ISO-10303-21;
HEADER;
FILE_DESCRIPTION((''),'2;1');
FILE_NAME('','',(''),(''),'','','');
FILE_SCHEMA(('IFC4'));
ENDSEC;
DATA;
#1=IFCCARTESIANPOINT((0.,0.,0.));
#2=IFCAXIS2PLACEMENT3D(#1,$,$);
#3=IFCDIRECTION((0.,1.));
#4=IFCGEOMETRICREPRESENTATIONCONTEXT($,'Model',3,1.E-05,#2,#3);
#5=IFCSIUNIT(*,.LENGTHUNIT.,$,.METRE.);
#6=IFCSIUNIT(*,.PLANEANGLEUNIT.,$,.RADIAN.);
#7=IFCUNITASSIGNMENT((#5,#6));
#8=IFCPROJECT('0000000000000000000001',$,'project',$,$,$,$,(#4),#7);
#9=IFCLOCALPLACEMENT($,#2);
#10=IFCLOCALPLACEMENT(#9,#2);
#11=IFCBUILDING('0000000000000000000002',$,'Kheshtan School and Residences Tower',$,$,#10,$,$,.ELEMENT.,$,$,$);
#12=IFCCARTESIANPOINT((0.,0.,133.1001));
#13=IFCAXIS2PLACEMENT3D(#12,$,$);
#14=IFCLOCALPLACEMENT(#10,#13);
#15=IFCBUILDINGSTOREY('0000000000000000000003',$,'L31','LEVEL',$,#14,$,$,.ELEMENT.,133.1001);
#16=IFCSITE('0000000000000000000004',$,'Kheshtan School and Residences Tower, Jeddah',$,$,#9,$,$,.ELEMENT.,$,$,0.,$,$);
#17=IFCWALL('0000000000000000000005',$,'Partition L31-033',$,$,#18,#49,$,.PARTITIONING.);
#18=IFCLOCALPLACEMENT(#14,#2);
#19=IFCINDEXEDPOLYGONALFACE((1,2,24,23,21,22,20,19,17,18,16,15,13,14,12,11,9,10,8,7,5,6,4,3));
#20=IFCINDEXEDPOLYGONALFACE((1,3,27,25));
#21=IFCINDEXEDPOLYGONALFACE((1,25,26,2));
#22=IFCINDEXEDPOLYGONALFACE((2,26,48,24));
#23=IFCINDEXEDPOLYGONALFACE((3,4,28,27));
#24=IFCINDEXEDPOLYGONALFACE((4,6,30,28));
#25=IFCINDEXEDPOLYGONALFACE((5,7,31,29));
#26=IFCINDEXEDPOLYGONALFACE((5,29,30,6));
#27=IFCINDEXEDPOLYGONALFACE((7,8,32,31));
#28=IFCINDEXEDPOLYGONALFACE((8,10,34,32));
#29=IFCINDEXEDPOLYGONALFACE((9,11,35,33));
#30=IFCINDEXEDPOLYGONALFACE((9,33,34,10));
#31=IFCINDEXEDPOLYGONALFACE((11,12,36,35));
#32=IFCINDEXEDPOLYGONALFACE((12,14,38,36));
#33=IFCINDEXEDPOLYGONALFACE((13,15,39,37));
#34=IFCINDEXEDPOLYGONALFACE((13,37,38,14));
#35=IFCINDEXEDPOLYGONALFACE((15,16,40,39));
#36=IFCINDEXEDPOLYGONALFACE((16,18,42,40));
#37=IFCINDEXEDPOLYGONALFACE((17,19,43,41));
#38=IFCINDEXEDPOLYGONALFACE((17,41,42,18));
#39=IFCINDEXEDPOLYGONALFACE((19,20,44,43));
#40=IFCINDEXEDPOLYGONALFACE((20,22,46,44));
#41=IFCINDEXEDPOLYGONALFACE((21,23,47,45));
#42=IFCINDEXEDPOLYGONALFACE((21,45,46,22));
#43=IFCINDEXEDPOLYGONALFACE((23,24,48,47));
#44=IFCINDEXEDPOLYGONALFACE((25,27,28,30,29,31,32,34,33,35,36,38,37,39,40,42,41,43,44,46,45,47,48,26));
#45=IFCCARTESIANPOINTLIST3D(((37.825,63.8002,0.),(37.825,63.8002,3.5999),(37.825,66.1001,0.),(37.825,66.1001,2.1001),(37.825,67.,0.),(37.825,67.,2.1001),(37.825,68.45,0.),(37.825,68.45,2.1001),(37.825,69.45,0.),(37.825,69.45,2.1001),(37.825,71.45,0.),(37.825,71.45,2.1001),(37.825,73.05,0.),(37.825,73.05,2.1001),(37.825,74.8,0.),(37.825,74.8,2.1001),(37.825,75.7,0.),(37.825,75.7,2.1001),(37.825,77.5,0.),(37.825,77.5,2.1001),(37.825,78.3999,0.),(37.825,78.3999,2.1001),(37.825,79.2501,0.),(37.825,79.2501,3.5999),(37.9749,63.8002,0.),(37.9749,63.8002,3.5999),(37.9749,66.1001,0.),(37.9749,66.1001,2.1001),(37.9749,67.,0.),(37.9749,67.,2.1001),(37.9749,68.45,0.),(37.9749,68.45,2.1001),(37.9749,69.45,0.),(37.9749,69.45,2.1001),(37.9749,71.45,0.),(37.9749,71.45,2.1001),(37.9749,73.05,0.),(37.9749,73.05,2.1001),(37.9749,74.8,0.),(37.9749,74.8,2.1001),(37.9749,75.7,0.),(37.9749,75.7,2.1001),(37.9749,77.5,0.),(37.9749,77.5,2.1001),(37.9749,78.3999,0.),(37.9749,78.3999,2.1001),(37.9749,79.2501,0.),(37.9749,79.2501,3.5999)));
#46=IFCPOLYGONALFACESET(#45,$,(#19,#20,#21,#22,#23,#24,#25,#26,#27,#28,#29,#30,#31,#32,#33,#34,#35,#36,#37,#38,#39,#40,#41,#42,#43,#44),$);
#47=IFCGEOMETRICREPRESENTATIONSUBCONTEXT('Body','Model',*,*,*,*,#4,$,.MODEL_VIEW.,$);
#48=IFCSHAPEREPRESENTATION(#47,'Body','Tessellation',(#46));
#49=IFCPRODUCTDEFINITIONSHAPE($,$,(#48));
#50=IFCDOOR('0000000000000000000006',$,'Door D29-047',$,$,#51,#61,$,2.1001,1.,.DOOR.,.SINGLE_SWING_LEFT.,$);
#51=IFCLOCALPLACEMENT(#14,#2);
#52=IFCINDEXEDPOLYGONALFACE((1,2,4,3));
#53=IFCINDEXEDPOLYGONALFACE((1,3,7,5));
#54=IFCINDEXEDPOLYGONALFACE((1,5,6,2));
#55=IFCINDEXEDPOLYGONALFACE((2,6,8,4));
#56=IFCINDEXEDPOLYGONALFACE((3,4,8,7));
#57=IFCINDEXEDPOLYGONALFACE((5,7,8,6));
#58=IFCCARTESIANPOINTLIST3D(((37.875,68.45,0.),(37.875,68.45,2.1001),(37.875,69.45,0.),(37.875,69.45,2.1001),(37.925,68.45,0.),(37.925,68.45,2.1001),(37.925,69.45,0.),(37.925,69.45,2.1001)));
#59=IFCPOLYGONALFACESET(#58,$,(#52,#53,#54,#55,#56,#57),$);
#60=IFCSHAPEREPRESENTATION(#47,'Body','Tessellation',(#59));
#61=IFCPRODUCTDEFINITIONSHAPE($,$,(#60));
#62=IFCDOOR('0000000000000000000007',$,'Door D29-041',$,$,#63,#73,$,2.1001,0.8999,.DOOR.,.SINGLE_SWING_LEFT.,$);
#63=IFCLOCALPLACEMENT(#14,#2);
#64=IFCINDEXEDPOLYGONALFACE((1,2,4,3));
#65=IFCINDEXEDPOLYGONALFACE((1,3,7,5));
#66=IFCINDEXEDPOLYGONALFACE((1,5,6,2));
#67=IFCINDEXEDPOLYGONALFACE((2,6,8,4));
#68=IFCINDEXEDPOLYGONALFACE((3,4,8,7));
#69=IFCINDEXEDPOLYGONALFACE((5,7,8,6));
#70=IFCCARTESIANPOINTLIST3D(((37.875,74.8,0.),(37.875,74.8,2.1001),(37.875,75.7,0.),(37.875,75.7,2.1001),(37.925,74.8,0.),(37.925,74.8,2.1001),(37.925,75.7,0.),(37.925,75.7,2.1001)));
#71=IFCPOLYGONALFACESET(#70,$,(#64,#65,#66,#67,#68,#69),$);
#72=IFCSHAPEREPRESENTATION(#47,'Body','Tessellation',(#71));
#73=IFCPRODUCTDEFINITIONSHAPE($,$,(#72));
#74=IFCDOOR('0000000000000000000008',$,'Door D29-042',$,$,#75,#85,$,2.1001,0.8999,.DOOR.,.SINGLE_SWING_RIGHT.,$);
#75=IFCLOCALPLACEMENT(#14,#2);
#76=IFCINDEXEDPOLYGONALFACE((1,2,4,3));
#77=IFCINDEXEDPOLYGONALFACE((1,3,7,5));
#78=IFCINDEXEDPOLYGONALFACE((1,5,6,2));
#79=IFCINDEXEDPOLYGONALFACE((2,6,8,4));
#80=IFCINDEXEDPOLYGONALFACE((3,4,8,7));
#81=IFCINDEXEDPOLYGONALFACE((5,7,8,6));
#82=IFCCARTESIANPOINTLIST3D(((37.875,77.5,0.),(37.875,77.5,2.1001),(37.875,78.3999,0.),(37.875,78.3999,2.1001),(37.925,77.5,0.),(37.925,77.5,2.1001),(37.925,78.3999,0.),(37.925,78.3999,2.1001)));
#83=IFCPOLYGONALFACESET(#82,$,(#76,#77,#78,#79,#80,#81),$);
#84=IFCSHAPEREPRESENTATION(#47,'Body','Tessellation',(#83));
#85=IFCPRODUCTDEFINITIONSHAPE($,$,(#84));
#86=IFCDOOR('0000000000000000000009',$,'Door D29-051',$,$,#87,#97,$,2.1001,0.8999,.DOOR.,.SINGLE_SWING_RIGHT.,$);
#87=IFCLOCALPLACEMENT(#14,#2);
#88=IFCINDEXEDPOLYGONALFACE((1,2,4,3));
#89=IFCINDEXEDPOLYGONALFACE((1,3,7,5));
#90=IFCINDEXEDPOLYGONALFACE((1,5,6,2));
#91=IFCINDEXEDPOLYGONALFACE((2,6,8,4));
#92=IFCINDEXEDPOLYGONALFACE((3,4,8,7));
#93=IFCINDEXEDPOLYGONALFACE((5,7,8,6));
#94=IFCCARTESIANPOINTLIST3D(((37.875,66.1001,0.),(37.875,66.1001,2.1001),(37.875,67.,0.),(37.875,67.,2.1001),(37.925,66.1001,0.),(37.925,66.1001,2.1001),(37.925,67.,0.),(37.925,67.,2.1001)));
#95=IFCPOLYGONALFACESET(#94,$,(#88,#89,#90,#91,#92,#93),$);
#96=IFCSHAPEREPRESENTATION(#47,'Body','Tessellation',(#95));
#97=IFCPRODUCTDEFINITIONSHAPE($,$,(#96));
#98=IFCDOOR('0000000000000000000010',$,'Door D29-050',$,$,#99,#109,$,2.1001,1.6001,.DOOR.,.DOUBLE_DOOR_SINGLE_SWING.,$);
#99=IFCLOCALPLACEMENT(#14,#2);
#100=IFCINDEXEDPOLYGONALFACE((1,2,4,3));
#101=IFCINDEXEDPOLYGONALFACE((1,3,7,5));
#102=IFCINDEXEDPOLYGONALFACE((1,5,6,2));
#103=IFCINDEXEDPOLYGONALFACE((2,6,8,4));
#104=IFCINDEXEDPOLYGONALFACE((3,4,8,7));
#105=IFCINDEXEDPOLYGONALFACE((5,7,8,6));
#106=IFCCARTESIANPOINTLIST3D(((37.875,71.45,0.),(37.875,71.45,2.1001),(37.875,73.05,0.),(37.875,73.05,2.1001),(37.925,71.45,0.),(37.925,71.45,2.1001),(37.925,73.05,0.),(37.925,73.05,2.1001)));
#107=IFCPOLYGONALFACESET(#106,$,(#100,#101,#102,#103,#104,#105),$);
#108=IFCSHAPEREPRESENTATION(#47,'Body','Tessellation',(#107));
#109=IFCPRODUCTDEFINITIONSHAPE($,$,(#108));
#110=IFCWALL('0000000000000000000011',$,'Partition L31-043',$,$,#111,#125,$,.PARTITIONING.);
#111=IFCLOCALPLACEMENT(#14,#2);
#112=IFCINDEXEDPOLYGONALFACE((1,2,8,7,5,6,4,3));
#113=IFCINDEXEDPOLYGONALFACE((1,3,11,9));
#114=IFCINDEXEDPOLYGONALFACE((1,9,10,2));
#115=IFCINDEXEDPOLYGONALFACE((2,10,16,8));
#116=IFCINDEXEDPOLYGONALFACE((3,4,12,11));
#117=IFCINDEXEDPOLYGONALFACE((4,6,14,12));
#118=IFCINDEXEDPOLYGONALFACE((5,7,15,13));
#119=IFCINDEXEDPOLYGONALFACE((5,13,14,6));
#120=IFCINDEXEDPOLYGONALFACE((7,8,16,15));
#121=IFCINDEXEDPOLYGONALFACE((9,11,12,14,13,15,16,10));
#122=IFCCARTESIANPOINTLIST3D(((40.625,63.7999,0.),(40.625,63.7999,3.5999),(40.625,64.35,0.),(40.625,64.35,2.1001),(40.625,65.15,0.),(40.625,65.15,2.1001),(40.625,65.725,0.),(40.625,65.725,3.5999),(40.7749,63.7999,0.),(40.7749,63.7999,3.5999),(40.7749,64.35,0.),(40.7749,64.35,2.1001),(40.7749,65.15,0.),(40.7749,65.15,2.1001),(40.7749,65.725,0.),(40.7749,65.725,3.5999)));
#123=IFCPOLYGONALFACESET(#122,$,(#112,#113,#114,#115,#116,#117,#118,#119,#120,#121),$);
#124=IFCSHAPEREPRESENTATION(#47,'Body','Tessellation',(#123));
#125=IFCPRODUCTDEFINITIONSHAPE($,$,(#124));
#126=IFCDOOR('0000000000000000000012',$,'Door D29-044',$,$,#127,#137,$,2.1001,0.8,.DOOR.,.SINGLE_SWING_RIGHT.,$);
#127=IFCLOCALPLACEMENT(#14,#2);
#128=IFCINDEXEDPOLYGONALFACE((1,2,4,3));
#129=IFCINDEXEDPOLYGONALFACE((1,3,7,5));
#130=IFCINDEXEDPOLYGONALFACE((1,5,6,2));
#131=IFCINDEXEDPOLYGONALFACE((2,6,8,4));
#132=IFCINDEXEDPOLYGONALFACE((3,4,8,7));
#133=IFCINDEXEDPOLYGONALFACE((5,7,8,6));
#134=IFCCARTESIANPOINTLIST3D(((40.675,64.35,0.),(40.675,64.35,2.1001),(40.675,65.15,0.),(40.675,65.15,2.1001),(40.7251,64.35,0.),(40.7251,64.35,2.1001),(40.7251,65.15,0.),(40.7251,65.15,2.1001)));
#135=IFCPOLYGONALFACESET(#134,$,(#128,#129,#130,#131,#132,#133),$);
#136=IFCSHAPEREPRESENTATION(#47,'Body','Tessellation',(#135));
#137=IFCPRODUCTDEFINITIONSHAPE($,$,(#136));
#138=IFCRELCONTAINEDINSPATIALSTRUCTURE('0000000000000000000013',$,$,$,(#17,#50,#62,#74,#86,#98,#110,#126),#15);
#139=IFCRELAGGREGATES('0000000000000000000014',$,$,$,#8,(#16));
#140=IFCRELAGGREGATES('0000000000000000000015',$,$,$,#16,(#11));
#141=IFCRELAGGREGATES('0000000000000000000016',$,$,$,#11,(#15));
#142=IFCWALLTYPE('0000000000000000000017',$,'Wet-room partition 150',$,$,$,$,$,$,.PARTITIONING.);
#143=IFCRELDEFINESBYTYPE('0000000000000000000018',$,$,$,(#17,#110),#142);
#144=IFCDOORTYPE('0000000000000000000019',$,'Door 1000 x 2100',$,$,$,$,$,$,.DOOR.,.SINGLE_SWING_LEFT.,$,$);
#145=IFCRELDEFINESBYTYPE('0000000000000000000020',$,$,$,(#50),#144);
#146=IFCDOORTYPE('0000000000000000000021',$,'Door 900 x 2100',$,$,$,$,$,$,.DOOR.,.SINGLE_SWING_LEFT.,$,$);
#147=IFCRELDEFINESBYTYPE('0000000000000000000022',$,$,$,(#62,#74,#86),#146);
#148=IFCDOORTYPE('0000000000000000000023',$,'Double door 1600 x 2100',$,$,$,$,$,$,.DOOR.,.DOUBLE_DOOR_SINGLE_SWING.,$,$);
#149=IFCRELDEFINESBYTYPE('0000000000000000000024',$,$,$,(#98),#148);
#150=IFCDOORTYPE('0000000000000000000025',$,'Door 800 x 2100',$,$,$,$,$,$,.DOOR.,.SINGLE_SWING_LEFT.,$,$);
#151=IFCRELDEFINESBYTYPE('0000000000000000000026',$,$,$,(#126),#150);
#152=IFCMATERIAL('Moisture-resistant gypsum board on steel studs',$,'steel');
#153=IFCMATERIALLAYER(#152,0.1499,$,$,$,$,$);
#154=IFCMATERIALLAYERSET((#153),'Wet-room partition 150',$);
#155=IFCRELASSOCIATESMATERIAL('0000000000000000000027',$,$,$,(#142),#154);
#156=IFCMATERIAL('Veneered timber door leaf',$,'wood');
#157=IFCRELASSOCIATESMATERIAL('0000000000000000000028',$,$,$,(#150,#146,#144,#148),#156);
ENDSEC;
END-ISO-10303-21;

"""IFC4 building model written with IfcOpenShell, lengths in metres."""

from ifc_helpers import new_model, si_unit, direction, frame, frame_2d, origin, place, context, subcontext, project, spatial, rectangle, extrude, source, transform, mapped, material, layer, layer_set, type_object, element, fill, save


model = new_model("IFC4")

# Units and contexts
model_context = context("Model", 3, precision=1e-05, world=origin(), true_north=direction((0.0, 1.0)))
body_context = subcontext(model_context, "Body", "Model", "MODEL_VIEW")
ifc_project = project(units=[si_unit("LENGTHUNIT", "METRE"), si_unit("PLANEANGLEUNIT", "RADIAN")], contexts=[model_context])

# Site, building, storey
site_placement = place(None, origin())
site = spatial("IfcSite", under=ifc_project, at=site_placement, Name="Kheshtan School and Residences Tower, Jeddah", CompositionType="ELEMENT", RefElevation=0.0)
building_placement = place(site_placement, origin())
building = spatial("IfcBuilding", under=site, at=building_placement, Name="Kheshtan School and Residences Tower", CompositionType="ELEMENT")
storey_placement = place(building_placement, frame((0.0, 0.0, 133.1001)))
storey = spatial("IfcBuildingStorey", under=building, at=storey_placement, Name="L31", Description="LEVEL", CompositionType="ELEMENT", Elevation=133.1001)

# Wall, openings, doors
ifc_material_1 = material(Name="Moisture-resistant gypsum board on steel studs", Category="steel")
ifc_layer_1 = layer(ifc_material_1, 0.1499)
ifc_layer_set_1 = layer_set([ifc_layer_1], Name="Wet-room partition 150")
wall_type_1 = type_object("IfcWallType", Name="Wet-room partition 150", PredefinedType="PARTITIONING", material=ifc_layer_set_1)
ifc_material_2 = material(Name="Veneered timber door leaf", Category="wood")
door_type_1 = type_object("IfcDoorType", Name="Door 800 x 2100", OperationType="SINGLE_SWING_LEFT", PredefinedType="DOOR", material=ifc_material_2)
shared_shape_1 = source(origin(), body_context, "Body", "SweptSolid", [
    extrude(rectangle(XDim=0.8, YDim=2.1001, at=frame_2d((0.3999, 1.05))), frame((0.0, 0.0249, 0.0), z_axis=(0.0, -1.0, 0.0), x_axis=(1.0, 0.0, 0.0)), (0.0, 0.0, 1.0), 0.05),
])
door_type_2 = type_object("IfcDoorType", Name="Door 900 x 2100", OperationType="SINGLE_SWING_LEFT", PredefinedType="DOOR", material=ifc_material_2)
shared_shape_2 = source(origin(), body_context, "Body", "SweptSolid", [
    extrude(rectangle(XDim=0.8999, YDim=2.1001, at=frame_2d((0.45, 1.05))), frame((0.0, 0.0249, 0.0), z_axis=(0.0, -1.0, 0.0), x_axis=(1.0, 0.0, 0.0)), (0.0, 0.0, 1.0), 0.05),
])
wall_1_placement = place(storey_placement, frame((37.8999, 63.8, 0.0), z_axis=(0.0, 0.0, 1.0), x_axis=(0.0, 1.0, 0.0)))
wall_1 = element("IfcWall", 1, at=wall_1_placement, inside=storey, type_object=wall_type_1, Name="Partition L31-033", PredefinedType="PARTITIONING", context=body_context, shape_type="SweptSolid", body=[
    extrude(rectangle(XDim=15.45, YDim=0.1499, at=frame_2d((7.7251, 0.0))), origin(), (0.0, 0.0, 1.0), 3.5999),
])
opening_1_placement = place(wall_1_placement, frame((11.0, 0.0, 0.0)))
opening_1 = element("IfcOpeningElement", 2, at=opening_1_placement, cuts=wall_1, PredefinedType="OPENING", context=body_context, shape_type="SweptSolid", body=[
    extrude(rectangle(XDim=0.8999, YDim=2.1001, at=frame_2d((0.45, 1.05))), frame((0.0, 0.085, 0.0), z_axis=(0.0, -1.0, 0.0), x_axis=(1.0, 0.0, 0.0)), (0.0, 0.0, 1.0), 0.1699),
])
opening_2_placement = place(wall_1_placement, frame((13.7, 0.0, 0.0)))
opening_2 = element("IfcOpeningElement", 3, at=opening_2_placement, cuts=wall_1, PredefinedType="OPENING", context=body_context, shape_type="SweptSolid", body=[
    extrude(rectangle(XDim=0.8999, YDim=2.1001, at=frame_2d((0.45, 1.05))), frame((0.0, 0.085, 0.0), z_axis=(0.0, -1.0, 0.0), x_axis=(1.0, 0.0, 0.0)), (0.0, 0.0, 1.0), 0.1699),
])
opening_3_placement = place(wall_1_placement, frame((4.6499, 0.0, 0.0)))
opening_3 = element("IfcOpeningElement", 4, at=opening_3_placement, cuts=wall_1, PredefinedType="OPENING", context=body_context, shape_type="SweptSolid", body=[
    extrude(rectangle(XDim=1.0, YDim=2.1001, at=frame_2d((0.5, 1.05))), frame((0.0, 0.085, 0.0), z_axis=(0.0, -1.0, 0.0), x_axis=(1.0, 0.0, 0.0)), (0.0, 0.0, 1.0), 0.1699),
])
opening_4_placement = place(wall_1_placement, frame((7.6499, 0.0, 0.0)))
opening_4 = element("IfcOpeningElement", 5, at=opening_4_placement, cuts=wall_1, PredefinedType="OPENING", context=body_context, shape_type="SweptSolid", body=[
    extrude(rectangle(XDim=1.6001, YDim=2.1001, at=frame_2d((0.8, 1.05))), frame((0.0, 0.085, 0.0), z_axis=(0.0, -1.0, 0.0), x_axis=(1.0, 0.0, 0.0)), (0.0, 0.0, 1.0), 0.1699),
])
opening_5_placement = place(wall_1_placement, frame((2.3, 0.0, 0.0)))
opening_5 = element("IfcOpeningElement", 6, at=opening_5_placement, cuts=wall_1, PredefinedType="OPENING", context=body_context, shape_type="SweptSolid", body=[
    extrude(rectangle(XDim=0.8999, YDim=2.1001, at=frame_2d((0.45, 1.05))), frame((0.0, 0.085, 0.0), z_axis=(0.0, -1.0, 0.0), x_axis=(1.0, 0.0, 0.0)), (0.0, 0.0, 1.0), 0.1699),
])
door_type_3 = type_object("IfcDoorType", Name="Door 1000 x 2100", OperationType="SINGLE_SWING_LEFT", PredefinedType="DOOR", material=ifc_material_2)
shared_shape_3 = source(origin(), body_context, "Body", "SweptSolid", [
    extrude(rectangle(XDim=1.0, YDim=2.1001, at=frame_2d((0.5, 1.05))), frame((0.0, 0.0249, 0.0), z_axis=(0.0, -1.0, 0.0), x_axis=(1.0, 0.0, 0.0)), (0.0, 0.0, 1.0), 0.05),
])
door_1_placement = place(opening_3_placement, origin())
door_1 = element("IfcDoor", 7, at=door_1_placement, inside=storey, type_object=door_type_3, Name="Door D29-047", OperationType="SINGLE_SWING_LEFT", OverallHeight=2.1001, OverallWidth=1.0, PredefinedType="DOOR", context=body_context, shape_type="MappedRepresentation", body=[
    mapped(shared_shape_3, transform((0.0, 0.0, 0.0), x_axis=(1.0, 0.0, 0.0), y_axis=(0.0, 1.0, 0.0), z_axis=(0.0, 0.0, 1.0), scale=1.0)),
])
fill(opening_3, door_1)
door_2_placement = place(opening_1_placement, origin())
door_2 = element("IfcDoor", 8, at=door_2_placement, inside=storey, type_object=door_type_2, Name="Door D29-041", OperationType="SINGLE_SWING_LEFT", OverallHeight=2.1001, OverallWidth=0.8999, PredefinedType="DOOR", context=body_context, shape_type="MappedRepresentation", body=[
    mapped(shared_shape_2, transform((0.0, 0.0, 0.0), x_axis=(1.0, 0.0, 0.0), y_axis=(0.0, 1.0, 0.0), z_axis=(0.0, 0.0, 1.0), scale=1.0)),
])
fill(opening_1, door_2)
door_3_placement = place(opening_2_placement, origin())
door_3 = element("IfcDoor", 9, at=door_3_placement, inside=storey, type_object=door_type_2, Name="Door D29-042", OperationType="SINGLE_SWING_RIGHT", OverallHeight=2.1001, OverallWidth=0.8999, PredefinedType="DOOR", context=body_context, shape_type="MappedRepresentation", body=[
    mapped(shared_shape_2, transform((0.0, 0.0, 0.0), x_axis=(1.0, 0.0, 0.0), y_axis=(0.0, 1.0, 0.0), z_axis=(0.0, 0.0, 1.0), scale=1.0)),
])
fill(opening_2, door_3)
door_4_placement = place(opening_5_placement, origin())
door_4 = element("IfcDoor", 10, at=door_4_placement, inside=storey, type_object=door_type_2, Name="Door D29-051", OperationType="SINGLE_SWING_RIGHT", OverallHeight=2.1001, OverallWidth=0.8999, PredefinedType="DOOR", context=body_context, shape_type="MappedRepresentation", body=[
    mapped(shared_shape_2, transform((0.0, 0.0, 0.0), x_axis=(1.0, 0.0, 0.0), y_axis=(0.0, 1.0, 0.0), z_axis=(0.0, 0.0, 1.0), scale=1.0)),
])
fill(opening_5, door_4)
door_type_4 = type_object("IfcDoorType", Name="Double door 1600 x 2100", OperationType="DOUBLE_DOOR_SINGLE_SWING", PredefinedType="DOOR", material=ifc_material_2)
shared_shape_4 = source(origin(), body_context, "Body", "SweptSolid", [
    extrude(rectangle(XDim=1.6001, YDim=2.1001, at=frame_2d((0.8, 1.05))), frame((0.0, 0.0249, 0.0), z_axis=(0.0, -1.0, 0.0), x_axis=(1.0, 0.0, 0.0)), (0.0, 0.0, 1.0), 0.05),
])
door_5_placement = place(opening_4_placement, origin())
door_5 = element("IfcDoor", 11, at=door_5_placement, inside=storey, type_object=door_type_4, Name="Door D29-050", OperationType="DOUBLE_DOOR_SINGLE_SWING", OverallHeight=2.1001, OverallWidth=1.6001, PredefinedType="DOOR", context=body_context, shape_type="MappedRepresentation", body=[
    mapped(shared_shape_4, transform((0.0, 0.0, 0.0), x_axis=(1.0, 0.0, 0.0), y_axis=(0.0, 1.0, 0.0), z_axis=(0.0, 0.0, 1.0), scale=1.0)),
])
fill(opening_4, door_5)

# Wall, opening, door
wall_2_placement = place(storey_placement, frame((40.7, 63.8, 0.0), z_axis=(0.0, 0.0, 1.0), x_axis=(0.0, 1.0, 0.0)))
wall_2 = element("IfcWall", 12, at=wall_2_placement, inside=storey, type_object=wall_type_1, Name="Partition L31-043", PredefinedType="PARTITIONING", context=body_context, shape_type="SweptSolid", body=[
    extrude(rectangle(XDim=1.925, YDim=0.1499, at=frame_2d((0.9624, 0.0))), origin(), (0.0, 0.0, 1.0), 3.5999),
])
opening_6_placement = place(wall_2_placement, frame((0.55, 0.0, 0.0)))
opening_6 = element("IfcOpeningElement", 13, at=opening_6_placement, cuts=wall_2, PredefinedType="OPENING", context=body_context, shape_type="SweptSolid", body=[
    extrude(rectangle(XDim=0.8, YDim=2.1001, at=frame_2d((0.3999, 1.05))), frame((0.0, 0.085, 0.0), z_axis=(0.0, -1.0, 0.0), x_axis=(1.0, 0.0, 0.0)), (0.0, 0.0, 1.0), 0.1699),
])
door_6_placement = place(opening_6_placement, origin())
door_6 = element("IfcDoor", 14, at=door_6_placement, inside=storey, type_object=door_type_1, Name="Door D29-044", OperationType="SINGLE_SWING_RIGHT", OverallHeight=2.1001, OverallWidth=0.8, PredefinedType="DOOR", context=body_context, shape_type="MappedRepresentation", body=[
    mapped(shared_shape_1, transform((0.0, 0.0, 0.0), x_axis=(1.0, 0.0, 0.0), y_axis=(0.0, 1.0, 0.0), z_axis=(0.0, 0.0, 1.0), scale=1.0)),
])
fill(opening_6, door_6)

save(model, "model.ifc")
